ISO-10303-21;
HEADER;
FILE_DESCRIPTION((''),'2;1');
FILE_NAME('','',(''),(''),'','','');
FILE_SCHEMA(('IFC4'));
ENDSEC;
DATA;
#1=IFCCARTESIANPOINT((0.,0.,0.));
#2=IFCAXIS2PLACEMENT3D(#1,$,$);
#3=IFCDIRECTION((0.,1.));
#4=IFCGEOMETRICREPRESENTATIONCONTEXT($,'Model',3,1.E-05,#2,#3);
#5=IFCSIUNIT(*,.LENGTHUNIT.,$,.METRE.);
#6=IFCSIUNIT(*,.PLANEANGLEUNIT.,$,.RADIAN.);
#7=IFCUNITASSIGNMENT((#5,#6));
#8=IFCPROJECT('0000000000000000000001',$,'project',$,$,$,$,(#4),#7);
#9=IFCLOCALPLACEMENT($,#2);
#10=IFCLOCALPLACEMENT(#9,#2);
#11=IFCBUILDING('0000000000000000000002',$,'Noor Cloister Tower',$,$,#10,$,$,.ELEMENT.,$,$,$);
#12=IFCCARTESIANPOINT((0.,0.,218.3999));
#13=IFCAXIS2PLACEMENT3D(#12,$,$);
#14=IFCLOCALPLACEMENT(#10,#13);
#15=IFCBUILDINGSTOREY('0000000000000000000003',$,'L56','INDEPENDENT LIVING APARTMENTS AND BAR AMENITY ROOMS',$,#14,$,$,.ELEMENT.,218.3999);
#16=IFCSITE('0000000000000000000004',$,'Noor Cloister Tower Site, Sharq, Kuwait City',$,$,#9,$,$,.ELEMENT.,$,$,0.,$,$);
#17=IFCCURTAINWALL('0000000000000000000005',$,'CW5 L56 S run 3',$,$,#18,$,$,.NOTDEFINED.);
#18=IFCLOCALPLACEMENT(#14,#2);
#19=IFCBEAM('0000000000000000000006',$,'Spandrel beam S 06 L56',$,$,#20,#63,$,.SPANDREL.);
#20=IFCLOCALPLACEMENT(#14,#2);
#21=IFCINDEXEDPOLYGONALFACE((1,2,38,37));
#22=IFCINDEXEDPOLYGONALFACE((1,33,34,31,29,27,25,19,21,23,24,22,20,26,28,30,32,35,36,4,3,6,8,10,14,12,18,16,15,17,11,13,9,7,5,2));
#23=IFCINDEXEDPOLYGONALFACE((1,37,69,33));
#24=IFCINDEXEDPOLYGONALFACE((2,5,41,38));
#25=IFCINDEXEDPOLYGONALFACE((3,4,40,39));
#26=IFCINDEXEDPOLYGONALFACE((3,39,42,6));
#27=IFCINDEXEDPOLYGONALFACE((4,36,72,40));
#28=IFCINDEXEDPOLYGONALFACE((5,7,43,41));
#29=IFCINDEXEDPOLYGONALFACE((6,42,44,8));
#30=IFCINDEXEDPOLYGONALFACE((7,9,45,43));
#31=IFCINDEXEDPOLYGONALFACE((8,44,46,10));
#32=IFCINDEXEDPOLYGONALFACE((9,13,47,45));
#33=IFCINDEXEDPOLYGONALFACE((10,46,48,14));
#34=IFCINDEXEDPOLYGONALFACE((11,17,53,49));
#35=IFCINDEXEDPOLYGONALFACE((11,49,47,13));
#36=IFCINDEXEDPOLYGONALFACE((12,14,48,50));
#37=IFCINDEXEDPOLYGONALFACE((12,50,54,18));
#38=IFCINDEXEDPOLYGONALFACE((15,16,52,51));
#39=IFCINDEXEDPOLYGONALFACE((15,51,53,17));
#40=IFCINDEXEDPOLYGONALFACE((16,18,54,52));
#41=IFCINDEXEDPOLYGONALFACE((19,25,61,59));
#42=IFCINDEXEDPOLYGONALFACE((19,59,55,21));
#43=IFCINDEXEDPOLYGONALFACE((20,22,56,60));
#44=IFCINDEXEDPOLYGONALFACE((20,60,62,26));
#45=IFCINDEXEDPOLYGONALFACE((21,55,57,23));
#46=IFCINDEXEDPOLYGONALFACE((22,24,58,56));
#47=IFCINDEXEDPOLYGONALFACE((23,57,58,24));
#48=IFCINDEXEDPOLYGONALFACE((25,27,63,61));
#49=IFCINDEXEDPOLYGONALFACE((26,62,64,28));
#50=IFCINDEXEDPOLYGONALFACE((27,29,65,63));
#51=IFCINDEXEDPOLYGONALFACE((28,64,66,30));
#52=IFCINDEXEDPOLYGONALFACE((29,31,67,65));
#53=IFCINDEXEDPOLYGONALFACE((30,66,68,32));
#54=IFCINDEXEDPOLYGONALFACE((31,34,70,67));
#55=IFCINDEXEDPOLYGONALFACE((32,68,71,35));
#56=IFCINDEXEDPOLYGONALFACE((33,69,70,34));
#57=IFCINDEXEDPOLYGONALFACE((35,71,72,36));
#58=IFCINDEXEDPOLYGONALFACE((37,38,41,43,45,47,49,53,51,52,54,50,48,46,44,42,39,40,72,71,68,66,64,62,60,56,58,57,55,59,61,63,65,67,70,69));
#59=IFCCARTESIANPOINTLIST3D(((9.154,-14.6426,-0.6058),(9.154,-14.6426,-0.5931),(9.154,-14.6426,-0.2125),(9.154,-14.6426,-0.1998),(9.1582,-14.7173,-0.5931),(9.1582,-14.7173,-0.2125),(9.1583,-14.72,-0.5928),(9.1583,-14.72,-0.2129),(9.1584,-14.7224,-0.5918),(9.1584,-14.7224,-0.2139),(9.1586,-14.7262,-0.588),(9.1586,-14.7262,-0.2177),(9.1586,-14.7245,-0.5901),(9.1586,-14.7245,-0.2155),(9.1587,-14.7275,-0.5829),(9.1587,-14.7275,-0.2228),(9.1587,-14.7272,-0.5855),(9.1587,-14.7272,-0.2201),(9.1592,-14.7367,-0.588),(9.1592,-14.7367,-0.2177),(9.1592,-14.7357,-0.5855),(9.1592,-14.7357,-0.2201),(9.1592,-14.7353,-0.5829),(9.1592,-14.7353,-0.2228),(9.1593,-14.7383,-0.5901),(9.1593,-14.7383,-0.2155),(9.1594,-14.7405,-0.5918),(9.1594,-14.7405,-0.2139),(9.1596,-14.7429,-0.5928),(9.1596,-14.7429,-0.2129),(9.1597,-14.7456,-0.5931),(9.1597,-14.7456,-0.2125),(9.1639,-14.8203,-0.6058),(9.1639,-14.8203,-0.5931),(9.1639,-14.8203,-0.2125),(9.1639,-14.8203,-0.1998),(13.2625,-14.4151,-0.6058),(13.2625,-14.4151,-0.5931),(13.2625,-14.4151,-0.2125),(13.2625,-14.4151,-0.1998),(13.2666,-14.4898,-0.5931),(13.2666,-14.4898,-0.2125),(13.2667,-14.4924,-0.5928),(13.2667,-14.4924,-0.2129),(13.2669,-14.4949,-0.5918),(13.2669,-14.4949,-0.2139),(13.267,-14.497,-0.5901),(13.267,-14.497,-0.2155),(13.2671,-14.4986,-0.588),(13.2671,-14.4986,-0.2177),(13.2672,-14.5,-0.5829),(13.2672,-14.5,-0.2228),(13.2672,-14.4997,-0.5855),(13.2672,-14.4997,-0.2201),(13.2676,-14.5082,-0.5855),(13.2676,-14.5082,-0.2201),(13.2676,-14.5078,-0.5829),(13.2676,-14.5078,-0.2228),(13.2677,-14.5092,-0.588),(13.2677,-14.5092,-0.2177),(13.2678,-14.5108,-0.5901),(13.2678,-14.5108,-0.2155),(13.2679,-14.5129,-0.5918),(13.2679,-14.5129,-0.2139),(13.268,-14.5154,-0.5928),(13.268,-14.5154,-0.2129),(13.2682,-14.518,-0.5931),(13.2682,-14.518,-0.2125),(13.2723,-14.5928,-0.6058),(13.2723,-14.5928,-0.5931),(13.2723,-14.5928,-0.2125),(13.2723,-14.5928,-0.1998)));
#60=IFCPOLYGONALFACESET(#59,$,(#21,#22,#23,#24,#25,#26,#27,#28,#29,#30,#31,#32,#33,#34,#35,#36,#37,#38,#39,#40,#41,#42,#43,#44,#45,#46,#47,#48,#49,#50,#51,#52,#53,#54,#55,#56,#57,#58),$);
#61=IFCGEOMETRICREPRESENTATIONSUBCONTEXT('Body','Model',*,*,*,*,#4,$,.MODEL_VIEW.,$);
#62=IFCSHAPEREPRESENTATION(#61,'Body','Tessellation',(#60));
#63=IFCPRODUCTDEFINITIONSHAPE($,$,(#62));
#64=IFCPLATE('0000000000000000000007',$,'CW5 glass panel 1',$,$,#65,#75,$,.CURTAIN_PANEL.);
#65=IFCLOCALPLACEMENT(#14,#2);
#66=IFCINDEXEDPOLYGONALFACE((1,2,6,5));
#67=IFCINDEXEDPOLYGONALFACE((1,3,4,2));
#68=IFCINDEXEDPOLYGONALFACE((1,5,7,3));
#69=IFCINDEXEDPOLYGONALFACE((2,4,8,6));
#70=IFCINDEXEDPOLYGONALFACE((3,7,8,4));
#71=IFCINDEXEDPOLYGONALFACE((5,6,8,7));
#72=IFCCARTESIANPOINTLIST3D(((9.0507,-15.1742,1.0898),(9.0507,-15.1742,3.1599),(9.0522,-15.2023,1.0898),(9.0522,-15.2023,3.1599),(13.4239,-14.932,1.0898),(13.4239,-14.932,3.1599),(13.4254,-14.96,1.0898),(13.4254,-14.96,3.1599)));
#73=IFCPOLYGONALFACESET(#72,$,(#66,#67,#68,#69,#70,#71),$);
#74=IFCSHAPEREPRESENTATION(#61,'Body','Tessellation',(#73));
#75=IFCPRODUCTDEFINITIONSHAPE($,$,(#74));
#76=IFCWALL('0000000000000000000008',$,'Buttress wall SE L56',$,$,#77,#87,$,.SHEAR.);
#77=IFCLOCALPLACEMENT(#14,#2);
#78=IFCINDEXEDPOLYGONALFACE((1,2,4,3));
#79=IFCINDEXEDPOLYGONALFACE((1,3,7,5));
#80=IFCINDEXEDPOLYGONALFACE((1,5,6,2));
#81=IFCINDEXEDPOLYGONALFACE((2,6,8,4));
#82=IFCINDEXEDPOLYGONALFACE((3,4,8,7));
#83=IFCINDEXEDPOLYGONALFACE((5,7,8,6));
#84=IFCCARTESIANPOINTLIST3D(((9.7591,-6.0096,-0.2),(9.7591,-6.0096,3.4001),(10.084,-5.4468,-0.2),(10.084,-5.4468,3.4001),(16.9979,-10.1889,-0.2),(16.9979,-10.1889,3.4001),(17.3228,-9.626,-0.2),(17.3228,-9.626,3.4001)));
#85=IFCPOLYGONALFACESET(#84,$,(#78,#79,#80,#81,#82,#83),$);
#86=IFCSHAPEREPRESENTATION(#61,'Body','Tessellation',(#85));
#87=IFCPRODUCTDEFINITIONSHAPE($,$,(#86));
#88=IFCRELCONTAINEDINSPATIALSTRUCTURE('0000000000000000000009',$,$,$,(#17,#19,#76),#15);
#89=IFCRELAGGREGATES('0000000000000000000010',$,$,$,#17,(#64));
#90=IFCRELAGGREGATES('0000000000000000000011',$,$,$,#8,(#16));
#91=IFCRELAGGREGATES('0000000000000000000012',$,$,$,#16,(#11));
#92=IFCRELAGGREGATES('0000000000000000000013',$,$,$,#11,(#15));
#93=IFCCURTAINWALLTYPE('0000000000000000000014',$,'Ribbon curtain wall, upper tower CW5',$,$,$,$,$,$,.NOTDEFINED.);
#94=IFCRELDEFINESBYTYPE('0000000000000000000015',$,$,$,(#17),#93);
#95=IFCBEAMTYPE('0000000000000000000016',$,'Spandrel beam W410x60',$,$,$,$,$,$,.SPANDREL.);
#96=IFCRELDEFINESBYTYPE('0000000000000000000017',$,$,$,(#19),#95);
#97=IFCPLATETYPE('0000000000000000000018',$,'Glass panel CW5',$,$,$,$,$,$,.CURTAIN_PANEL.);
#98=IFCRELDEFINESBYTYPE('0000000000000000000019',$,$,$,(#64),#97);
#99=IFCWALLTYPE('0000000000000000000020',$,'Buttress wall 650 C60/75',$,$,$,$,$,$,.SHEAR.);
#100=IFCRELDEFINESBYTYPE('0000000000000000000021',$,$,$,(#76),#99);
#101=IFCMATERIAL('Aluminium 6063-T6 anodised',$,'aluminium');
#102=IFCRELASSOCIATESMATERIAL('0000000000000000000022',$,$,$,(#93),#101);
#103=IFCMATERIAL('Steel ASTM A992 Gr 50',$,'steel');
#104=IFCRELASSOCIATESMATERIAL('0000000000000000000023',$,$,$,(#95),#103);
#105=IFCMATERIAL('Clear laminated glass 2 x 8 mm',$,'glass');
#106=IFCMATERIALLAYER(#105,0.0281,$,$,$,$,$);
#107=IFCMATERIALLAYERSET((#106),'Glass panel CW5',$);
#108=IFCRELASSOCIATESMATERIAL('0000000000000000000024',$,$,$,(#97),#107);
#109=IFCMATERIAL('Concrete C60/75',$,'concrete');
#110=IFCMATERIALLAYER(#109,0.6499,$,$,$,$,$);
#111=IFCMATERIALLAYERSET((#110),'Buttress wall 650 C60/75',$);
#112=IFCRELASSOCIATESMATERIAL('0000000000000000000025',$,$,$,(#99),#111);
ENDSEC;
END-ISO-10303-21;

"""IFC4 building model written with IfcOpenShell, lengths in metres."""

from ifc_helpers import new_model, si_unit, direction, frame, frame_2d, origin, origin_2d, place, context, subcontext, project, spatial, rectangle, i_section, extrude, material, layer, layer_set, material_profile, profile_set, type_object, element, aggregate, save


model = new_model("IFC4")

# Units and contexts
model_context = context("Model", 3, precision=1e-05, world=origin(), true_north=direction((0.0, 1.0)))
body_context = subcontext(model_context, "Body", "Model", "MODEL_VIEW")
ifc_project = project(units=[si_unit("LENGTHUNIT", "METRE"), si_unit("PLANEANGLEUNIT", "RADIAN")], contexts=[model_context])

# Site, building, storey
site_placement = place(None, origin())
site = spatial("IfcSite", under=ifc_project, at=site_placement, Name="Noor Cloister Tower Site, Sharq, Kuwait City", CompositionType="ELEMENT", RefElevation=0.0)
building_placement = place(site_placement, origin())
building = spatial("IfcBuilding", under=site, at=building_placement, Name="Noor Cloister Tower", CompositionType="ELEMENT")
storey_placement = place(building_placement, frame((0.0, 0.0, 218.3999)))
storey = spatial("IfcBuildingStorey", under=building, at=storey_placement, Name="L56", Description="INDEPENDENT LIVING APARTMENTS AND BAR AMENITY ROOMS", CompositionType="ELEMENT", Elevation=218.3999)

# Curtain wall
ifc_material_1 = material(Name="Aluminium 6063-T6 anodised", Category="aluminium")
curtain_wall_type = type_object("IfcCurtainWallType", Name="Ribbon curtain wall, upper tower CW5", PredefinedType="NOTDEFINED", material=ifc_material_1)
curtain_wall_placement = place(storey_placement, origin())
curtain_wall = element("IfcCurtainWall", 1, at=curtain_wall_placement, inside=storey, type_object=curtain_wall_type, Name="CW5 L56 S run 3", PredefinedType="NOTDEFINED")

# Beam
ifc_material_2 = material(Name="Steel ASTM A992 Gr 50", Category="steel")
ifc_material_profile_1 = material_profile(ifc_material_2, i_section(OverallWidth=0.178, OverallDepth=0.406, WebThickness=0.0078, FlangeThickness=0.0127, FilletRadius=0.0103, at=origin_2d()), Name="W410x60")
ifc_profile_set_1 = profile_set([ifc_material_profile_1], Name="Steel ASTM A992 Gr 50")
beam_type_1 = type_object("IfcBeamType", Name="Spandrel beam W410x60", PredefinedType="SPANDREL", material=ifc_profile_set_1)
beam_1_placement = place(storey_placement, frame((9.1589, -14.7314, -0.4028), z_axis=(0.99847, 0.055299, 0.0), x_axis=(-0.055299, 0.99847, 0.0)))
element("IfcBeam", 2, at=beam_1_placement, inside=storey, type_object=beam_type_1, Name="Spandrel beam S 06 L56", PredefinedType="SPANDREL", context=body_context, shape_type="SweptSolid", body=[
    extrude(i_section(OverallWidth=0.178, OverallDepth=0.406, WebThickness=0.0078, FlangeThickness=0.0127, FilletRadius=0.0103, at=origin_2d()), origin(), (0.0, 0.0, 1.0), 4.1147),
])

# Plate
ifc_material_3 = material(Name="Clear laminated glass 2 x 8 mm", Category="glass")
ifc_layer_1 = layer(ifc_material_3, 0.0281)
ifc_layer_set_1 = layer_set([ifc_layer_1], Name="Glass panel CW5")
plate_type = type_object("IfcPlateType", Name="Glass panel CW5", PredefinedType="CURTAIN_PANEL", material=ifc_layer_set_1)
plate_placement = place(storey_placement, frame((11.238, -15.0671, 1.0898), z_axis=(0.0, 0.0, 1.0), x_axis=(0.998469, 0.055305, 0.0)))
plate = element("IfcPlate", 3, at=plate_placement, type_object=plate_type, Name="CW5 glass panel 1", PredefinedType="CURTAIN_PANEL", context=body_context, shape_type="SweptSolid", body=[
    extrude(rectangle(XDim=4.3799, YDim=0.0281, at=origin_2d()), origin(), (0.0, 0.0, 1.0), 2.0701),
])
aggregate(curtain_wall, [plate])

# Wall
ifc_material_4 = material(Name="Concrete C60/75", Category="concrete")
ifc_layer_2 = layer(ifc_material_4, 0.6499)
ifc_layer_set_2 = layer_set([ifc_layer_2], Name="Buttress wall 650 C60/75")
wall_type_1 = type_object("IfcWallType", Name="Buttress wall 650 C60/75", PredefinedType="SHEAR", material=ifc_layer_set_2)
wall_1_placement = place(storey_placement, frame((9.9216, -5.7283, -0.2), z_axis=(0.0, 0.0, 1.0), x_axis=(0.866031, -0.49999, 0.0)))
element("IfcWall", 4, at=wall_1_placement, inside=storey, type_object=wall_type_1, Name="Buttress wall SE L56", PredefinedType="SHEAR", context=body_context, shape_type="SweptSolid", body=[
    extrude(rectangle(XDim=8.3586, YDim=0.6499, at=frame_2d((4.1792, 0.0))), origin(), (0.0, 0.0, 1.0), 3.6001),
])

save(model, "model.ifc")
